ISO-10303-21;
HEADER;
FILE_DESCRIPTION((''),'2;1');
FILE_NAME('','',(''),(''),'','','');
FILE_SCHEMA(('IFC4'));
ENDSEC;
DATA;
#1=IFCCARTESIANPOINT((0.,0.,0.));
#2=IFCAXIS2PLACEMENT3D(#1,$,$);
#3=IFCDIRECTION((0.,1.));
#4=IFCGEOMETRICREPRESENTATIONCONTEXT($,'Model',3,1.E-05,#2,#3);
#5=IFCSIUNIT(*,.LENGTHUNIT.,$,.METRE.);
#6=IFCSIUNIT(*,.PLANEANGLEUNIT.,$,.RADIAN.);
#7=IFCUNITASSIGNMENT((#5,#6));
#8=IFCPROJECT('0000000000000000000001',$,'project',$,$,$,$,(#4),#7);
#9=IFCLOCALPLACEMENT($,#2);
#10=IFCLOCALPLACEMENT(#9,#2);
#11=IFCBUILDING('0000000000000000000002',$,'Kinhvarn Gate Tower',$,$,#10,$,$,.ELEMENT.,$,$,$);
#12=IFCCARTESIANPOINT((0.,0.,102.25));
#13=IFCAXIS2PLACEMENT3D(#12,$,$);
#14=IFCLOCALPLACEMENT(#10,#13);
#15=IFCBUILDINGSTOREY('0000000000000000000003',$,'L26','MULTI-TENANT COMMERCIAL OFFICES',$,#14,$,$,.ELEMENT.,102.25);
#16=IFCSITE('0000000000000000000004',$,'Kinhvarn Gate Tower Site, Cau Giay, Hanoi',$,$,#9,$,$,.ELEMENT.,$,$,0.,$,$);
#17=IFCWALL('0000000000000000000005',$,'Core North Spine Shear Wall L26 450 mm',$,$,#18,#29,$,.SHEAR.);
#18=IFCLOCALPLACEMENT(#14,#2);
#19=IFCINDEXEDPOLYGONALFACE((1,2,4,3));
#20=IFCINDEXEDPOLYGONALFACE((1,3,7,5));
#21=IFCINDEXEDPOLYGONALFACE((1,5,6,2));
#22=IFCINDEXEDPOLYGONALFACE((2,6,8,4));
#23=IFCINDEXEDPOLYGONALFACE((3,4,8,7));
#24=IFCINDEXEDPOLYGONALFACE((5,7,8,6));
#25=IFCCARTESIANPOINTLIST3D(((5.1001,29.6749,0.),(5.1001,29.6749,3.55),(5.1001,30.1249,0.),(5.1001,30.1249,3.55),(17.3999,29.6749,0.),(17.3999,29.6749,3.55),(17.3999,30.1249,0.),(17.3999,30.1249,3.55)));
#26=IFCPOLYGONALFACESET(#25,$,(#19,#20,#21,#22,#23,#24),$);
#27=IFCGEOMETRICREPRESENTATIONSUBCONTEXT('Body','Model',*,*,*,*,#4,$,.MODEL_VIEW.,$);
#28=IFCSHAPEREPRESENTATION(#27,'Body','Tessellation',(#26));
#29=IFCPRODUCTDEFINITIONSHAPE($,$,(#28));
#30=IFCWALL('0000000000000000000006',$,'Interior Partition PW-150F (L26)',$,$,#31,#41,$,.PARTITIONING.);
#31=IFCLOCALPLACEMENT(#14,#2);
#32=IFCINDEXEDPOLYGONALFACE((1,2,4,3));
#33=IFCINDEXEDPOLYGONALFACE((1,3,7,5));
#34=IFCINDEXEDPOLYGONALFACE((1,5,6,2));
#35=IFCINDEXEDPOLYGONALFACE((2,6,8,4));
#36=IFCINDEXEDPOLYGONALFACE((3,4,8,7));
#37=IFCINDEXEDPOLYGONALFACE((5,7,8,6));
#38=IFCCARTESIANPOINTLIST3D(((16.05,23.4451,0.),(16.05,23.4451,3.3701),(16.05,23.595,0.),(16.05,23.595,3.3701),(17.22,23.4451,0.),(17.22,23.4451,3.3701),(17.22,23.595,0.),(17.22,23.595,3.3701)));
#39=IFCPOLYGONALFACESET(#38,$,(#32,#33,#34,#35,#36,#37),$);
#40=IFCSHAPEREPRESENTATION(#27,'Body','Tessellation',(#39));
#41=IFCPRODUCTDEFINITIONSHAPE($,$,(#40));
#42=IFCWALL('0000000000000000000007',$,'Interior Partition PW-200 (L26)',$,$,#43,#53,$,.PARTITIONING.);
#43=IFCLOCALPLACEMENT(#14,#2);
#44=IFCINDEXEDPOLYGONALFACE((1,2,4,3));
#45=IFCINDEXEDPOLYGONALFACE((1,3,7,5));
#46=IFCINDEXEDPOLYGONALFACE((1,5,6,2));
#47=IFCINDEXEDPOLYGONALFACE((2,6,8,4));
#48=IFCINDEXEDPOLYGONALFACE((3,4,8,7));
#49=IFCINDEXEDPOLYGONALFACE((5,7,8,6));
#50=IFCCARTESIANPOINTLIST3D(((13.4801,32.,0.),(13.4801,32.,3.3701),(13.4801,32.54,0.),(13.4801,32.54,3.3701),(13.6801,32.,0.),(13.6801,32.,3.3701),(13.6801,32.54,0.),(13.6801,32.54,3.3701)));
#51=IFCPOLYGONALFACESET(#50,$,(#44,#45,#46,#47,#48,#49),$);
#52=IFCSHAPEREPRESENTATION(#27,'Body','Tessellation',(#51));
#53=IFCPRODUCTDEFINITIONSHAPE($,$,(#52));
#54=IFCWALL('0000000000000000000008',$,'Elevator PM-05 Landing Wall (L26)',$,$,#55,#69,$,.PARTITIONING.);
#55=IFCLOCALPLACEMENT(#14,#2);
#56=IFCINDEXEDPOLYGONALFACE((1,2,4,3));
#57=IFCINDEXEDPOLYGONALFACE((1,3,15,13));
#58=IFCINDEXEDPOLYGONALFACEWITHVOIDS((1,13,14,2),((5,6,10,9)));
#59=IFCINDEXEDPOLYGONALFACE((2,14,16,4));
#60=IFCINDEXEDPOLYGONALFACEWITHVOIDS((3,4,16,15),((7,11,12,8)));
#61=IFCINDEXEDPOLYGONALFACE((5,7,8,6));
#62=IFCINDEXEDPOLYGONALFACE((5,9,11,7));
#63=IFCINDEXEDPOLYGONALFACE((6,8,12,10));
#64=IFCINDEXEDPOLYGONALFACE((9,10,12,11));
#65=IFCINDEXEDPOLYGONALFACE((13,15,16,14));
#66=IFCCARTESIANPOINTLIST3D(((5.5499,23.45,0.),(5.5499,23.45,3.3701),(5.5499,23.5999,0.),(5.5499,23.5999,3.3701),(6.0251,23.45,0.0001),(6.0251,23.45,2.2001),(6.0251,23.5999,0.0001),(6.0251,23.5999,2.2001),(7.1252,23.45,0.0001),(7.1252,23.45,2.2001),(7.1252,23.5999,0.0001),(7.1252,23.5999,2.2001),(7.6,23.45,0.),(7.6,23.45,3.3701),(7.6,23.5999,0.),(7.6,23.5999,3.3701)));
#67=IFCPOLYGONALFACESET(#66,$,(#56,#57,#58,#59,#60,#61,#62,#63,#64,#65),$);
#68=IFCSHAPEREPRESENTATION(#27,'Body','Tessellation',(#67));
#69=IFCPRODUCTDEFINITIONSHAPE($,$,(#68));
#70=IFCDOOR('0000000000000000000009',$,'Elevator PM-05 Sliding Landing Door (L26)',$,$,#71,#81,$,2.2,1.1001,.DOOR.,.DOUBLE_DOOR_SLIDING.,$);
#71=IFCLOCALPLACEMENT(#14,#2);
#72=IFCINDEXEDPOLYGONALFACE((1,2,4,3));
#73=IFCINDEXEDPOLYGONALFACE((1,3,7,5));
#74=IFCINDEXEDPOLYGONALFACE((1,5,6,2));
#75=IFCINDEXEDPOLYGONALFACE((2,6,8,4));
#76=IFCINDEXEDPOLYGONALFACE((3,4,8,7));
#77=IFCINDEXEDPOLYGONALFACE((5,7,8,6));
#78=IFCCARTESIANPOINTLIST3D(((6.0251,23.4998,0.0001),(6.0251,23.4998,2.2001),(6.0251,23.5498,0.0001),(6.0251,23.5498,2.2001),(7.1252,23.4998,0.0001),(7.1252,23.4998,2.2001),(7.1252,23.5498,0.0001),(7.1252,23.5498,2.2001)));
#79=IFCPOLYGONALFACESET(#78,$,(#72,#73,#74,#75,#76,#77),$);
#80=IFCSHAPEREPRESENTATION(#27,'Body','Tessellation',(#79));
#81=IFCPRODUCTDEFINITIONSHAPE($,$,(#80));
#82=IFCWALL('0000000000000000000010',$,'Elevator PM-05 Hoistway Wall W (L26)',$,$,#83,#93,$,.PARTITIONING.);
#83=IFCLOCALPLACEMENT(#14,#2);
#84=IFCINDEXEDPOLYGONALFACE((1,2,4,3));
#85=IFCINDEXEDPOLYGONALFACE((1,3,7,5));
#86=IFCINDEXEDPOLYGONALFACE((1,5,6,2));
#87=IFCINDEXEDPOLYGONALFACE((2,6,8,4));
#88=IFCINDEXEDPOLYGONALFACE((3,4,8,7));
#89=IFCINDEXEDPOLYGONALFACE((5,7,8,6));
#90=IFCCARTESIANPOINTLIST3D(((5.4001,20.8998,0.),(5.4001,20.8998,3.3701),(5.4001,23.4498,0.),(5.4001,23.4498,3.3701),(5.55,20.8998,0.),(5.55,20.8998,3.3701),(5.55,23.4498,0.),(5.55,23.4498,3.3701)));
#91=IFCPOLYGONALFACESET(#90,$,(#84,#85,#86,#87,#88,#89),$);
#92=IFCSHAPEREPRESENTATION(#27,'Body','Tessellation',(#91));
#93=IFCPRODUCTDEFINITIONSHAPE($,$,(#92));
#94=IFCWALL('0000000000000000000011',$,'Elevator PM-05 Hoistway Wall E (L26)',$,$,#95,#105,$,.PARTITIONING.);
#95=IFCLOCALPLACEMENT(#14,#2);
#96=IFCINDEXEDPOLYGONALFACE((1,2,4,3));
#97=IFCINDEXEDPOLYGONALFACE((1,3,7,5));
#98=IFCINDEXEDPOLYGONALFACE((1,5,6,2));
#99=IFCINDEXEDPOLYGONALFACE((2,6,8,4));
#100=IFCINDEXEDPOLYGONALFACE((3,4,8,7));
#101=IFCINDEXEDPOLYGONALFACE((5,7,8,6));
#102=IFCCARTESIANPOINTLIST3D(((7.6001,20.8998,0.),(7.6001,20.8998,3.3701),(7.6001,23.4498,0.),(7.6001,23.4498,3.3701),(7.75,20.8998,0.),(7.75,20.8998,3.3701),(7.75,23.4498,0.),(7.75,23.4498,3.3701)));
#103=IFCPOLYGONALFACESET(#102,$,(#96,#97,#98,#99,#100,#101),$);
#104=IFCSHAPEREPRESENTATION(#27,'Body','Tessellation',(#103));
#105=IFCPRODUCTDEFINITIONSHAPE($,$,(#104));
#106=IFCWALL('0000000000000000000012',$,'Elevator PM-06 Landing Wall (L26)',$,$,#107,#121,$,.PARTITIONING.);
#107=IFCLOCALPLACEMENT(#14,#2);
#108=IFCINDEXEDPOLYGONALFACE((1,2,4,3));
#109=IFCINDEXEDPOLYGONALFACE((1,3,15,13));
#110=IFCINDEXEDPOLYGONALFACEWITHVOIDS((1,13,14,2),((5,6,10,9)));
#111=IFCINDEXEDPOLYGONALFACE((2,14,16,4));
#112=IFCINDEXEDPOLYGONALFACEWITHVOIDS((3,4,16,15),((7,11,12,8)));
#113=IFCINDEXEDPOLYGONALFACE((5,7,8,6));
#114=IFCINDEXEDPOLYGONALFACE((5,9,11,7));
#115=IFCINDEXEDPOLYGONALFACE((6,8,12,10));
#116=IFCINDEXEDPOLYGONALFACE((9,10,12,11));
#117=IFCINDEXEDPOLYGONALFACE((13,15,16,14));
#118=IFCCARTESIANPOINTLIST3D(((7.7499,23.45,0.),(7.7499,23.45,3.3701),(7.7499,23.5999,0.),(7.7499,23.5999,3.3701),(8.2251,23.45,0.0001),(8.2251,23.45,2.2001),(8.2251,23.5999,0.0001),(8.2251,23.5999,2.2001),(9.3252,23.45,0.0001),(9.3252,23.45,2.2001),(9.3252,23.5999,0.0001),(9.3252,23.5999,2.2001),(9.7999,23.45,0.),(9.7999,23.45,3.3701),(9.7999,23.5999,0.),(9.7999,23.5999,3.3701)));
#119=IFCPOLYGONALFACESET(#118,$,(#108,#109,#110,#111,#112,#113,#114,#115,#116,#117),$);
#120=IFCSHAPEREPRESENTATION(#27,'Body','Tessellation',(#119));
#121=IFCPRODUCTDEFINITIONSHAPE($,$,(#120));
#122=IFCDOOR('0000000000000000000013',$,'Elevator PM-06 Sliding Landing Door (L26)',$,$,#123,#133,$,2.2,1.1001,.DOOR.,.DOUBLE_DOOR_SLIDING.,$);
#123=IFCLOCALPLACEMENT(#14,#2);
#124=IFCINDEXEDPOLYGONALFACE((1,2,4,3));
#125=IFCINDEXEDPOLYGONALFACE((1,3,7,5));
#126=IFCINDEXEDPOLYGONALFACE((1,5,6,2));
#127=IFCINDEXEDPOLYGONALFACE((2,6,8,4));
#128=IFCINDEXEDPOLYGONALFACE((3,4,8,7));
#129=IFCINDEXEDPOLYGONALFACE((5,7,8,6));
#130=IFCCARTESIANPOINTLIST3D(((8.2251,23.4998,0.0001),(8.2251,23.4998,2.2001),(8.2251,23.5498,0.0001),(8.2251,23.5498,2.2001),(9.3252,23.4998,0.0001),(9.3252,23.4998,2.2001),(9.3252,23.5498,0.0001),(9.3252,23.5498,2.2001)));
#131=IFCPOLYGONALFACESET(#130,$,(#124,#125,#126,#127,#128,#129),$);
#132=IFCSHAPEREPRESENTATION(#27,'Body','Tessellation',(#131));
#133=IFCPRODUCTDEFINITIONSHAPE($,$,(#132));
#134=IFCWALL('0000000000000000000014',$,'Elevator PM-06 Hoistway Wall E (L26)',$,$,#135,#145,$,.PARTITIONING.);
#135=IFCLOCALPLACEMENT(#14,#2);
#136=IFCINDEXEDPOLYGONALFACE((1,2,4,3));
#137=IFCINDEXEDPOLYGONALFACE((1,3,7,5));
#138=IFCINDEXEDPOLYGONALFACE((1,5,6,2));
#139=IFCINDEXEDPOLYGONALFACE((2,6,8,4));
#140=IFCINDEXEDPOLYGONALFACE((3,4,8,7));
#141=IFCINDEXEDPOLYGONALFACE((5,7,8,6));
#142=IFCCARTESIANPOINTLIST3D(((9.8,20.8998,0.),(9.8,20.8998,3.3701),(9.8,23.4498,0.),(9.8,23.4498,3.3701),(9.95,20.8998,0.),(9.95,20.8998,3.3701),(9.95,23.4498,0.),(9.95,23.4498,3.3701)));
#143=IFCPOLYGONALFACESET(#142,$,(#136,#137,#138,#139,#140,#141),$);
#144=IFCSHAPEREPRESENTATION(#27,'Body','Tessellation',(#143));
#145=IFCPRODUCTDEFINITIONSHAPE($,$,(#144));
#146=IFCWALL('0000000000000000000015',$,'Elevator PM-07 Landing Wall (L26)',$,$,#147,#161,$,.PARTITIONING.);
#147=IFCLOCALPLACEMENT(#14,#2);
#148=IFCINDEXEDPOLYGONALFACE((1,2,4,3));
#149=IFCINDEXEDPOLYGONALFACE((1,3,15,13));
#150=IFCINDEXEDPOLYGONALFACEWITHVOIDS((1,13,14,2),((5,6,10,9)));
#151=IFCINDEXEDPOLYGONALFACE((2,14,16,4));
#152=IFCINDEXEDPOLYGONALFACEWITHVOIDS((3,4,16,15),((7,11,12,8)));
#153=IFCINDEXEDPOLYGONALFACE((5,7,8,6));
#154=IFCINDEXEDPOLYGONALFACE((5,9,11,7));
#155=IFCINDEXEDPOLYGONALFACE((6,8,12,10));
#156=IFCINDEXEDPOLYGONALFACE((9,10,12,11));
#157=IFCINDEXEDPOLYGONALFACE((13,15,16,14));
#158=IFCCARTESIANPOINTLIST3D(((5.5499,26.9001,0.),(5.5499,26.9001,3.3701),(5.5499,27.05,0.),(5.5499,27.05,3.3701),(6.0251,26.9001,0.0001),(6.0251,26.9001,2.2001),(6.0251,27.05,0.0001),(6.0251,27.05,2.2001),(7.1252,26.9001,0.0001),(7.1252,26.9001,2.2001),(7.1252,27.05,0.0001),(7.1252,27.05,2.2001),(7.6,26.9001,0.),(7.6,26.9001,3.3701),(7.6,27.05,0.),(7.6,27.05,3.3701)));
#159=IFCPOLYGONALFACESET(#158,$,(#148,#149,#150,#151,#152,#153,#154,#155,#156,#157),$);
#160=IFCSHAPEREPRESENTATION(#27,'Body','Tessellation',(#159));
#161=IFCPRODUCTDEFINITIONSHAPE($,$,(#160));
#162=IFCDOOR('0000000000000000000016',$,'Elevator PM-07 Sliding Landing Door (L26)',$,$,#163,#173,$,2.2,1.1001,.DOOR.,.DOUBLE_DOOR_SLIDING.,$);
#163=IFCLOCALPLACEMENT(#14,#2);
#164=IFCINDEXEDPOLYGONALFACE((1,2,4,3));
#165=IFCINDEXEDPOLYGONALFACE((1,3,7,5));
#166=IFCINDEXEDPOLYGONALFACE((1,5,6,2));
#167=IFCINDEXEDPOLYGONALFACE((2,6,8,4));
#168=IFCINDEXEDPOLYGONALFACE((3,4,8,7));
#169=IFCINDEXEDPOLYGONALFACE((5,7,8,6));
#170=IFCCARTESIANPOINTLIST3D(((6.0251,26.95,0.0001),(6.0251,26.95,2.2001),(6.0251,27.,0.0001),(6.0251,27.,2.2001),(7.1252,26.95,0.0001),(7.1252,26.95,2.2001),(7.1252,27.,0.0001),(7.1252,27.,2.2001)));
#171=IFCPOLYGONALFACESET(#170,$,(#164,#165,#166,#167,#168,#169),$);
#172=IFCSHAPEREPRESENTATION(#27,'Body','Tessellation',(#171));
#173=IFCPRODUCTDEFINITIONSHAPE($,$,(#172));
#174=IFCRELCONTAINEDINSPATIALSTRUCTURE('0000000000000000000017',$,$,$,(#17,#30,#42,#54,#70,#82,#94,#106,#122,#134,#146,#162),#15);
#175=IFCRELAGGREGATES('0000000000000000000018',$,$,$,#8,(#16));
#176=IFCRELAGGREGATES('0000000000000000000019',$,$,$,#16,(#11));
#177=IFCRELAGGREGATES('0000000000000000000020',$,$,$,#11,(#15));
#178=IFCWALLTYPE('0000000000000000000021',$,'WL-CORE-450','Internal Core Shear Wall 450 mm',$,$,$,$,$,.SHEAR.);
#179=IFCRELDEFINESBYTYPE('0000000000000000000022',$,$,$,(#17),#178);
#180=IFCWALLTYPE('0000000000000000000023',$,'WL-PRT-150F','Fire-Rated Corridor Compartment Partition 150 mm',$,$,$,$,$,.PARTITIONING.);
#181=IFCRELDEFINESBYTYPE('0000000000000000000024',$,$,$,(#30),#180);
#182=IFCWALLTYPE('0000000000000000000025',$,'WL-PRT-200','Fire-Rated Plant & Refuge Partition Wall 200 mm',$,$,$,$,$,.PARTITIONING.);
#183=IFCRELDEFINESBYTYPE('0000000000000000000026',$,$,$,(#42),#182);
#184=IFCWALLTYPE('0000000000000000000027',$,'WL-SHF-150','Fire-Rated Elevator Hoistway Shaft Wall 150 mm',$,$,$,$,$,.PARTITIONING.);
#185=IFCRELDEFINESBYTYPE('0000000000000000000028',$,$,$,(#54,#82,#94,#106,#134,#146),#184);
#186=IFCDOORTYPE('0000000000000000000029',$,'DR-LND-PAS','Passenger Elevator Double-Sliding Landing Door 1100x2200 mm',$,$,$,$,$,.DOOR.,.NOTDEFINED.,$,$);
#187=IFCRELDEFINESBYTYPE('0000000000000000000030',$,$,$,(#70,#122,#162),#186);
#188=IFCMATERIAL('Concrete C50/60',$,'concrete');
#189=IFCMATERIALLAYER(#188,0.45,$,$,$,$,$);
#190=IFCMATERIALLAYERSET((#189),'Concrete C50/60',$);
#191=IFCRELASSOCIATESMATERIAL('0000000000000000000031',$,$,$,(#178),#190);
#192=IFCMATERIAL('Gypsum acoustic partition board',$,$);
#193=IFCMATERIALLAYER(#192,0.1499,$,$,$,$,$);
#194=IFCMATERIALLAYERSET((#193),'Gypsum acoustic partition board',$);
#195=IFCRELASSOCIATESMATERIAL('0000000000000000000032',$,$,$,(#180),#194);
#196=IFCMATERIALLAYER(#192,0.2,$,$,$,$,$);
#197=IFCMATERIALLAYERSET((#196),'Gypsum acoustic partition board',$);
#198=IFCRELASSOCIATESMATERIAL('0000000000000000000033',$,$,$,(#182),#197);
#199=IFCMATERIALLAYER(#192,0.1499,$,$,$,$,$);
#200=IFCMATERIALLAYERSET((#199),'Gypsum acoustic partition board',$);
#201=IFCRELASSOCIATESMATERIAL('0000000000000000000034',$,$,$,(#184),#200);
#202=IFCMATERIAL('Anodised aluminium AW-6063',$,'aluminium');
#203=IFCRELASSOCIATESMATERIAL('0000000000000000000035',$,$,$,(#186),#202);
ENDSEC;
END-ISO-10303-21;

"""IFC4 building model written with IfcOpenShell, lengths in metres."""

from ifc_helpers import new_model, si_unit, direction, frame, frame_2d, origin, place, context, subcontext, project, spatial, rectangle, extrude, material, layer, layer_set, type_object, element, fill, save


model = new_model("IFC4")

# Units and contexts
model_context = context("Model", 3, precision=1e-05, world=origin(), true_north=direction((0.0, 1.0)))
body_context = subcontext(model_context, "Body", "Model", "MODEL_VIEW")
ifc_project = project(units=[si_unit("LENGTHUNIT", "METRE"), si_unit("PLANEANGLEUNIT", "RADIAN")], contexts=[model_context])

# Site, building, storey
site_placement = place(None, origin())
site = spatial("IfcSite", under=ifc_project, at=site_placement, Name="Kinhvarn Gate Tower Site, Cau Giay, Hanoi", CompositionType="ELEMENT", RefElevation=0.0)
building_placement = place(site_placement, origin())
building = spatial("IfcBuilding", under=site, at=building_placement, Name="Kinhvarn Gate Tower", CompositionType="ELEMENT")
storey_placement = place(building_placement, frame((0.0, 0.0, 102.25)))
storey = spatial("IfcBuildingStorey", under=building, at=storey_placement, Name="L26", Description="MULTI-TENANT COMMERCIAL OFFICES", CompositionType="ELEMENT", Elevation=102.25)

# Walls
ifc_material_1 = material(Name="Concrete C50/60", Category="concrete")
ifc_layer_1 = layer(ifc_material_1, 0.45)
ifc_layer_set_1 = layer_set([ifc_layer_1], Name="Concrete C50/60")
wall_type_1 = type_object("IfcWallType", Name="WL-CORE-450", Description="Internal Core Shear Wall 450 mm", PredefinedType="SHEAR", material=ifc_layer_set_1)
wall_1_placement = place(storey_placement, frame((5.1001, 29.8999, 0.0), z_axis=(0.0, 0.0, 1.0), x_axis=(1.0, 0.0, 0.0)))
element("IfcWall", 1, at=wall_1_placement, inside=storey, type_object=wall_type_1, Name="Core North Spine Shear Wall L26 450 mm", PredefinedType="SHEAR", context=body_context, shape_type="SweptSolid", body=[
    extrude(rectangle(XDim=12.2998, YDim=0.45, at=frame_2d((6.1499, 0.0))), origin(), (0.0, 0.0, 1.0), 3.55),
])
ifc_material_2 = material(Name="Gypsum acoustic partition board")
ifc_layer_2 = layer(ifc_material_2, 0.1499)
ifc_layer_set_2 = layer_set([ifc_layer_2], Name="Gypsum acoustic partition board")
wall_type_2 = type_object("IfcWallType", Name="WL-PRT-150F", Description="Fire-Rated Corridor Compartment Partition 150 mm", PredefinedType="PARTITIONING", material=ifc_layer_set_2)
wall_2_placement = place(storey_placement, frame((16.05, 23.52, 0.0), z_axis=(0.0, 0.0, 1.0), x_axis=(1.0, 0.0, 0.0)))
element("IfcWall", 2, at=wall_2_placement, inside=storey, type_object=wall_type_2, Name="Interior Partition PW-150F (L26)", PredefinedType="PARTITIONING", context=body_context, shape_type="SweptSolid", body=[
    extrude(rectangle(XDim=1.1699, YDim=0.1499, at=frame_2d((0.585, 0.0))), origin(), (0.0, 0.0, 1.0), 3.3701),
])
ifc_layer_3 = layer(ifc_material_2, 0.2)
ifc_layer_set_3 = layer_set([ifc_layer_3], Name="Gypsum acoustic partition board")
wall_type_3 = type_object("IfcWallType", Name="WL-PRT-200", Description="Fire-Rated Plant & Refuge Partition Wall 200 mm", PredefinedType="PARTITIONING", material=ifc_layer_set_3)
wall_3_placement = place(storey_placement, frame((13.5801, 32.0, 0.0), z_axis=(0.0, 0.0, 1.0), x_axis=(0.0, 1.0, 0.0)))
element("IfcWall", 3, at=wall_3_placement, inside=storey, type_object=wall_type_3, Name="Interior Partition PW-200 (L26)", PredefinedType="PARTITIONING", context=body_context, shape_type="SweptSolid", body=[
    extrude(rectangle(XDim=0.54, YDim=0.2, at=frame_2d((0.27, 0.0))), origin(), (0.0, 0.0, 1.0), 3.3701),
])

# Wall, opening, door
ifc_layer_4 = layer(ifc_material_2, 0.1499)
ifc_layer_set_4 = layer_set([ifc_layer_4], Name="Gypsum acoustic partition board")
wall_type_4 = type_object("IfcWallType", Name="WL-SHF-150", Description="Fire-Rated Elevator Hoistway Shaft Wall 150 mm", PredefinedType="PARTITIONING", material=ifc_layer_set_4)
wall_4_placement = place(storey_placement, frame((5.55, 23.5249, 0.0), z_axis=(0.0, 0.0, 1.0), x_axis=(1.0, 0.0, 0.0)))
wall_4 = element("IfcWall", 4, at=wall_4_placement, inside=storey, type_object=wall_type_4, Name="Elevator PM-05 Landing Wall (L26)", PredefinedType="PARTITIONING", context=body_context, shape_type="SweptSolid", body=[
    extrude(rectangle(XDim=2.05, YDim=0.1499, at=frame_2d((1.0249, 0.0))), origin(), (0.0, 0.0, 1.0), 3.3701),
])
opening_1_placement = place(wall_4_placement, frame((0.4751, 0.0, 0.0)))
opening_1 = element("IfcOpeningElement", 5, at=opening_1_placement, cuts=wall_4, PredefinedType="OPENING", context=body_context, shape_type="SweptSolid", body=[
    extrude(rectangle(XDim=1.1001, YDim=2.2, at=frame_2d((0.55, 1.1001))), frame((0.0, 0.085, 0.0), z_axis=(0.0, -1.0, 0.0), x_axis=(1.0, 0.0, 0.0)), (0.0, 0.0, 1.0), 0.1699),
])
ifc_material_3 = material(Name="Anodised aluminium AW-6063", Category="aluminium")
door_type_1 = type_object("IfcDoorType", Name="DR-LND-PAS", Description="Passenger Elevator Double-Sliding Landing Door 1100x2200 mm", OperationType="NOTDEFINED", PredefinedType="DOOR", material=ifc_material_3)
door_1_placement = place(opening_1_placement, origin())
door_1 = element("IfcDoor", 6, at=door_1_placement, inside=storey, type_object=door_type_1, Name="Elevator PM-05 Sliding Landing Door (L26)", OperationType="DOUBLE_DOOR_SLIDING", OverallHeight=2.2, OverallWidth=1.1001, PredefinedType="DOOR", context=body_context, shape_type="SweptSolid", body=[
    extrude(rectangle(XDim=1.1001, YDim=2.2, at=frame_2d((0.55, 1.1001))), frame((0.0, 0.0249, 0.0), z_axis=(0.0, -1.0, 0.0), x_axis=(1.0, 0.0, 0.0)), (0.0, 0.0, 1.0), 0.05),
])
fill(opening_1, door_1)

# Walls
for number, where, z_axis, x_axis, name in (
    (7, (5.4751, 20.8999, 0.0), (0.0, 0.0, 1.0), (0.0, 1.0, 0.0), "Elevator PM-05 Hoistway Wall W (L26)"),
    (8, (7.675, 20.8999, 0.0), (0.0, 0.0, 1.0), (0.0, 1.0, 0.0), "Elevator PM-05 Hoistway Wall E (L26)"),
):
    element("IfcWall", number, at=place(storey_placement, frame(where, z_axis=z_axis, x_axis=x_axis)), inside=storey, type_object=wall_type_4, Name=name, PredefinedType="PARTITIONING", context=body_context, shape_type="SweptSolid", body=[
        extrude(rectangle(XDim=2.55, YDim=0.1499, at=frame_2d((1.2749, 0.0))), origin(), (0.0, 0.0, 1.0), 3.3701),
    ])

# Wall, opening, door
wall_5_placement = place(storey_placement, frame((7.75, 23.5249, 0.0), z_axis=(0.0, 0.0, 1.0), x_axis=(1.0, 0.0, 0.0)))
wall_5 = element("IfcWall", 9, at=wall_5_placement, inside=storey, type_object=wall_type_4, Name="Elevator PM-06 Landing Wall (L26)", PredefinedType="PARTITIONING", context=body_context, shape_type="SweptSolid", body=[
    extrude(rectangle(XDim=2.05, YDim=0.1499, at=frame_2d((1.0249, 0.0))), origin(), (0.0, 0.0, 1.0), 3.3701),
])
opening_2_placement = place(wall_5_placement, frame((0.4751, 0.0, 0.0)))
opening_2 = element("IfcOpeningElement", 10, at=opening_2_placement, cuts=wall_5, PredefinedType="OPENING", context=body_context, shape_type="SweptSolid", body=[
    extrude(rectangle(XDim=1.1001, YDim=2.2, at=frame_2d((0.55, 1.1001))), frame((0.0, 0.085, 0.0), z_axis=(0.0, -1.0, 0.0), x_axis=(1.0, 0.0, 0.0)), (0.0, 0.0, 1.0), 0.1699),
])
door_2_placement = place(opening_2_placement, origin())
door_2 = element("IfcDoor", 11, at=door_2_placement, inside=storey, type_object=door_type_1, Name="Elevator PM-06 Sliding Landing Door (L26)", OperationType="DOUBLE_DOOR_SLIDING", OverallHeight=2.2, OverallWidth=1.1001, PredefinedType="DOOR", context=body_context, shape_type="SweptSolid", body=[
    extrude(rectangle(XDim=1.1001, YDim=2.2, at=frame_2d((0.55, 1.1001))), frame((0.0, 0.0249, 0.0), z_axis=(0.0, -1.0, 0.0), x_axis=(1.0, 0.0, 0.0)), (0.0, 0.0, 1.0), 0.05),
])
fill(opening_2, door_2)

# Wall
wall_6_placement = place(storey_placement, frame((9.875, 20.8999, 0.0), z_axis=(0.0, 0.0, 1.0), x_axis=(0.0, 1.0, 0.0)))
element("IfcWall", 12, at=wall_6_placement, inside=storey, type_object=wall_type_4, Name="Elevator PM-06 Hoistway Wall E (L26)", PredefinedType="PARTITIONING", context=body_context, shape_type="SweptSolid", body=[
    extrude(rectangle(XDim=2.55, YDim=0.1499, at=frame_2d((1.2749, 0.0))), origin(), (0.0, 0.0, 1.0), 3.3701),
])

# Wall, opening, door
wall_7_placement = place(storey_placement, frame((5.55, 26.9751, 0.0), z_axis=(0.0, 0.0, 1.0), x_axis=(1.0, 0.0, 0.0)))
wall_7 = element("IfcWall", 13, at=wall_7_placement, inside=storey, type_object=wall_type_4, Name="Elevator PM-07 Landing Wall (L26)", PredefinedType="PARTITIONING", context=body_context, shape_type="SweptSolid", body=[
    extrude(rectangle(XDim=2.05, YDim=0.1499, at=frame_2d((1.0249, 0.0))), origin(), (0.0, 0.0, 1.0), 3.3701),
])
opening_3_placement = place(wall_7_placement, frame((0.4751, 0.0, 0.0)))
opening_3 = element("IfcOpeningElement", 14, at=opening_3_placement, cuts=wall_7, PredefinedType="OPENING", context=body_context, shape_type="SweptSolid", body=[
    extrude(rectangle(XDim=1.1001, YDim=2.2, at=frame_2d((0.55, 1.1001))), frame((0.0, 0.085, 0.0), z_axis=(0.0, -1.0, 0.0), x_axis=(1.0, 0.0, 0.0)), (0.0, 0.0, 1.0), 0.1699),
])
door_3_placement = place(opening_3_placement, origin())
door_3 = element("IfcDoor", 15, at=door_3_placement, inside=storey, type_object=door_type_1, Name="Elevator PM-07 Sliding Landing Door (L26)", OperationType="DOUBLE_DOOR_SLIDING", OverallHeight=2.2, OverallWidth=1.1001, PredefinedType="DOOR", context=body_context, shape_type="SweptSolid", body=[
    extrude(rectangle(XDim=1.1001, YDim=2.2, at=frame_2d((0.55, 1.1001))), frame((0.0, 0.0249, 0.0), z_axis=(0.0, -1.0, 0.0), x_axis=(1.0, 0.0, 0.0)), (0.0, 0.0, 1.0), 0.05),
])
fill(opening_3, door_3)

save(model, "model.ifc")
